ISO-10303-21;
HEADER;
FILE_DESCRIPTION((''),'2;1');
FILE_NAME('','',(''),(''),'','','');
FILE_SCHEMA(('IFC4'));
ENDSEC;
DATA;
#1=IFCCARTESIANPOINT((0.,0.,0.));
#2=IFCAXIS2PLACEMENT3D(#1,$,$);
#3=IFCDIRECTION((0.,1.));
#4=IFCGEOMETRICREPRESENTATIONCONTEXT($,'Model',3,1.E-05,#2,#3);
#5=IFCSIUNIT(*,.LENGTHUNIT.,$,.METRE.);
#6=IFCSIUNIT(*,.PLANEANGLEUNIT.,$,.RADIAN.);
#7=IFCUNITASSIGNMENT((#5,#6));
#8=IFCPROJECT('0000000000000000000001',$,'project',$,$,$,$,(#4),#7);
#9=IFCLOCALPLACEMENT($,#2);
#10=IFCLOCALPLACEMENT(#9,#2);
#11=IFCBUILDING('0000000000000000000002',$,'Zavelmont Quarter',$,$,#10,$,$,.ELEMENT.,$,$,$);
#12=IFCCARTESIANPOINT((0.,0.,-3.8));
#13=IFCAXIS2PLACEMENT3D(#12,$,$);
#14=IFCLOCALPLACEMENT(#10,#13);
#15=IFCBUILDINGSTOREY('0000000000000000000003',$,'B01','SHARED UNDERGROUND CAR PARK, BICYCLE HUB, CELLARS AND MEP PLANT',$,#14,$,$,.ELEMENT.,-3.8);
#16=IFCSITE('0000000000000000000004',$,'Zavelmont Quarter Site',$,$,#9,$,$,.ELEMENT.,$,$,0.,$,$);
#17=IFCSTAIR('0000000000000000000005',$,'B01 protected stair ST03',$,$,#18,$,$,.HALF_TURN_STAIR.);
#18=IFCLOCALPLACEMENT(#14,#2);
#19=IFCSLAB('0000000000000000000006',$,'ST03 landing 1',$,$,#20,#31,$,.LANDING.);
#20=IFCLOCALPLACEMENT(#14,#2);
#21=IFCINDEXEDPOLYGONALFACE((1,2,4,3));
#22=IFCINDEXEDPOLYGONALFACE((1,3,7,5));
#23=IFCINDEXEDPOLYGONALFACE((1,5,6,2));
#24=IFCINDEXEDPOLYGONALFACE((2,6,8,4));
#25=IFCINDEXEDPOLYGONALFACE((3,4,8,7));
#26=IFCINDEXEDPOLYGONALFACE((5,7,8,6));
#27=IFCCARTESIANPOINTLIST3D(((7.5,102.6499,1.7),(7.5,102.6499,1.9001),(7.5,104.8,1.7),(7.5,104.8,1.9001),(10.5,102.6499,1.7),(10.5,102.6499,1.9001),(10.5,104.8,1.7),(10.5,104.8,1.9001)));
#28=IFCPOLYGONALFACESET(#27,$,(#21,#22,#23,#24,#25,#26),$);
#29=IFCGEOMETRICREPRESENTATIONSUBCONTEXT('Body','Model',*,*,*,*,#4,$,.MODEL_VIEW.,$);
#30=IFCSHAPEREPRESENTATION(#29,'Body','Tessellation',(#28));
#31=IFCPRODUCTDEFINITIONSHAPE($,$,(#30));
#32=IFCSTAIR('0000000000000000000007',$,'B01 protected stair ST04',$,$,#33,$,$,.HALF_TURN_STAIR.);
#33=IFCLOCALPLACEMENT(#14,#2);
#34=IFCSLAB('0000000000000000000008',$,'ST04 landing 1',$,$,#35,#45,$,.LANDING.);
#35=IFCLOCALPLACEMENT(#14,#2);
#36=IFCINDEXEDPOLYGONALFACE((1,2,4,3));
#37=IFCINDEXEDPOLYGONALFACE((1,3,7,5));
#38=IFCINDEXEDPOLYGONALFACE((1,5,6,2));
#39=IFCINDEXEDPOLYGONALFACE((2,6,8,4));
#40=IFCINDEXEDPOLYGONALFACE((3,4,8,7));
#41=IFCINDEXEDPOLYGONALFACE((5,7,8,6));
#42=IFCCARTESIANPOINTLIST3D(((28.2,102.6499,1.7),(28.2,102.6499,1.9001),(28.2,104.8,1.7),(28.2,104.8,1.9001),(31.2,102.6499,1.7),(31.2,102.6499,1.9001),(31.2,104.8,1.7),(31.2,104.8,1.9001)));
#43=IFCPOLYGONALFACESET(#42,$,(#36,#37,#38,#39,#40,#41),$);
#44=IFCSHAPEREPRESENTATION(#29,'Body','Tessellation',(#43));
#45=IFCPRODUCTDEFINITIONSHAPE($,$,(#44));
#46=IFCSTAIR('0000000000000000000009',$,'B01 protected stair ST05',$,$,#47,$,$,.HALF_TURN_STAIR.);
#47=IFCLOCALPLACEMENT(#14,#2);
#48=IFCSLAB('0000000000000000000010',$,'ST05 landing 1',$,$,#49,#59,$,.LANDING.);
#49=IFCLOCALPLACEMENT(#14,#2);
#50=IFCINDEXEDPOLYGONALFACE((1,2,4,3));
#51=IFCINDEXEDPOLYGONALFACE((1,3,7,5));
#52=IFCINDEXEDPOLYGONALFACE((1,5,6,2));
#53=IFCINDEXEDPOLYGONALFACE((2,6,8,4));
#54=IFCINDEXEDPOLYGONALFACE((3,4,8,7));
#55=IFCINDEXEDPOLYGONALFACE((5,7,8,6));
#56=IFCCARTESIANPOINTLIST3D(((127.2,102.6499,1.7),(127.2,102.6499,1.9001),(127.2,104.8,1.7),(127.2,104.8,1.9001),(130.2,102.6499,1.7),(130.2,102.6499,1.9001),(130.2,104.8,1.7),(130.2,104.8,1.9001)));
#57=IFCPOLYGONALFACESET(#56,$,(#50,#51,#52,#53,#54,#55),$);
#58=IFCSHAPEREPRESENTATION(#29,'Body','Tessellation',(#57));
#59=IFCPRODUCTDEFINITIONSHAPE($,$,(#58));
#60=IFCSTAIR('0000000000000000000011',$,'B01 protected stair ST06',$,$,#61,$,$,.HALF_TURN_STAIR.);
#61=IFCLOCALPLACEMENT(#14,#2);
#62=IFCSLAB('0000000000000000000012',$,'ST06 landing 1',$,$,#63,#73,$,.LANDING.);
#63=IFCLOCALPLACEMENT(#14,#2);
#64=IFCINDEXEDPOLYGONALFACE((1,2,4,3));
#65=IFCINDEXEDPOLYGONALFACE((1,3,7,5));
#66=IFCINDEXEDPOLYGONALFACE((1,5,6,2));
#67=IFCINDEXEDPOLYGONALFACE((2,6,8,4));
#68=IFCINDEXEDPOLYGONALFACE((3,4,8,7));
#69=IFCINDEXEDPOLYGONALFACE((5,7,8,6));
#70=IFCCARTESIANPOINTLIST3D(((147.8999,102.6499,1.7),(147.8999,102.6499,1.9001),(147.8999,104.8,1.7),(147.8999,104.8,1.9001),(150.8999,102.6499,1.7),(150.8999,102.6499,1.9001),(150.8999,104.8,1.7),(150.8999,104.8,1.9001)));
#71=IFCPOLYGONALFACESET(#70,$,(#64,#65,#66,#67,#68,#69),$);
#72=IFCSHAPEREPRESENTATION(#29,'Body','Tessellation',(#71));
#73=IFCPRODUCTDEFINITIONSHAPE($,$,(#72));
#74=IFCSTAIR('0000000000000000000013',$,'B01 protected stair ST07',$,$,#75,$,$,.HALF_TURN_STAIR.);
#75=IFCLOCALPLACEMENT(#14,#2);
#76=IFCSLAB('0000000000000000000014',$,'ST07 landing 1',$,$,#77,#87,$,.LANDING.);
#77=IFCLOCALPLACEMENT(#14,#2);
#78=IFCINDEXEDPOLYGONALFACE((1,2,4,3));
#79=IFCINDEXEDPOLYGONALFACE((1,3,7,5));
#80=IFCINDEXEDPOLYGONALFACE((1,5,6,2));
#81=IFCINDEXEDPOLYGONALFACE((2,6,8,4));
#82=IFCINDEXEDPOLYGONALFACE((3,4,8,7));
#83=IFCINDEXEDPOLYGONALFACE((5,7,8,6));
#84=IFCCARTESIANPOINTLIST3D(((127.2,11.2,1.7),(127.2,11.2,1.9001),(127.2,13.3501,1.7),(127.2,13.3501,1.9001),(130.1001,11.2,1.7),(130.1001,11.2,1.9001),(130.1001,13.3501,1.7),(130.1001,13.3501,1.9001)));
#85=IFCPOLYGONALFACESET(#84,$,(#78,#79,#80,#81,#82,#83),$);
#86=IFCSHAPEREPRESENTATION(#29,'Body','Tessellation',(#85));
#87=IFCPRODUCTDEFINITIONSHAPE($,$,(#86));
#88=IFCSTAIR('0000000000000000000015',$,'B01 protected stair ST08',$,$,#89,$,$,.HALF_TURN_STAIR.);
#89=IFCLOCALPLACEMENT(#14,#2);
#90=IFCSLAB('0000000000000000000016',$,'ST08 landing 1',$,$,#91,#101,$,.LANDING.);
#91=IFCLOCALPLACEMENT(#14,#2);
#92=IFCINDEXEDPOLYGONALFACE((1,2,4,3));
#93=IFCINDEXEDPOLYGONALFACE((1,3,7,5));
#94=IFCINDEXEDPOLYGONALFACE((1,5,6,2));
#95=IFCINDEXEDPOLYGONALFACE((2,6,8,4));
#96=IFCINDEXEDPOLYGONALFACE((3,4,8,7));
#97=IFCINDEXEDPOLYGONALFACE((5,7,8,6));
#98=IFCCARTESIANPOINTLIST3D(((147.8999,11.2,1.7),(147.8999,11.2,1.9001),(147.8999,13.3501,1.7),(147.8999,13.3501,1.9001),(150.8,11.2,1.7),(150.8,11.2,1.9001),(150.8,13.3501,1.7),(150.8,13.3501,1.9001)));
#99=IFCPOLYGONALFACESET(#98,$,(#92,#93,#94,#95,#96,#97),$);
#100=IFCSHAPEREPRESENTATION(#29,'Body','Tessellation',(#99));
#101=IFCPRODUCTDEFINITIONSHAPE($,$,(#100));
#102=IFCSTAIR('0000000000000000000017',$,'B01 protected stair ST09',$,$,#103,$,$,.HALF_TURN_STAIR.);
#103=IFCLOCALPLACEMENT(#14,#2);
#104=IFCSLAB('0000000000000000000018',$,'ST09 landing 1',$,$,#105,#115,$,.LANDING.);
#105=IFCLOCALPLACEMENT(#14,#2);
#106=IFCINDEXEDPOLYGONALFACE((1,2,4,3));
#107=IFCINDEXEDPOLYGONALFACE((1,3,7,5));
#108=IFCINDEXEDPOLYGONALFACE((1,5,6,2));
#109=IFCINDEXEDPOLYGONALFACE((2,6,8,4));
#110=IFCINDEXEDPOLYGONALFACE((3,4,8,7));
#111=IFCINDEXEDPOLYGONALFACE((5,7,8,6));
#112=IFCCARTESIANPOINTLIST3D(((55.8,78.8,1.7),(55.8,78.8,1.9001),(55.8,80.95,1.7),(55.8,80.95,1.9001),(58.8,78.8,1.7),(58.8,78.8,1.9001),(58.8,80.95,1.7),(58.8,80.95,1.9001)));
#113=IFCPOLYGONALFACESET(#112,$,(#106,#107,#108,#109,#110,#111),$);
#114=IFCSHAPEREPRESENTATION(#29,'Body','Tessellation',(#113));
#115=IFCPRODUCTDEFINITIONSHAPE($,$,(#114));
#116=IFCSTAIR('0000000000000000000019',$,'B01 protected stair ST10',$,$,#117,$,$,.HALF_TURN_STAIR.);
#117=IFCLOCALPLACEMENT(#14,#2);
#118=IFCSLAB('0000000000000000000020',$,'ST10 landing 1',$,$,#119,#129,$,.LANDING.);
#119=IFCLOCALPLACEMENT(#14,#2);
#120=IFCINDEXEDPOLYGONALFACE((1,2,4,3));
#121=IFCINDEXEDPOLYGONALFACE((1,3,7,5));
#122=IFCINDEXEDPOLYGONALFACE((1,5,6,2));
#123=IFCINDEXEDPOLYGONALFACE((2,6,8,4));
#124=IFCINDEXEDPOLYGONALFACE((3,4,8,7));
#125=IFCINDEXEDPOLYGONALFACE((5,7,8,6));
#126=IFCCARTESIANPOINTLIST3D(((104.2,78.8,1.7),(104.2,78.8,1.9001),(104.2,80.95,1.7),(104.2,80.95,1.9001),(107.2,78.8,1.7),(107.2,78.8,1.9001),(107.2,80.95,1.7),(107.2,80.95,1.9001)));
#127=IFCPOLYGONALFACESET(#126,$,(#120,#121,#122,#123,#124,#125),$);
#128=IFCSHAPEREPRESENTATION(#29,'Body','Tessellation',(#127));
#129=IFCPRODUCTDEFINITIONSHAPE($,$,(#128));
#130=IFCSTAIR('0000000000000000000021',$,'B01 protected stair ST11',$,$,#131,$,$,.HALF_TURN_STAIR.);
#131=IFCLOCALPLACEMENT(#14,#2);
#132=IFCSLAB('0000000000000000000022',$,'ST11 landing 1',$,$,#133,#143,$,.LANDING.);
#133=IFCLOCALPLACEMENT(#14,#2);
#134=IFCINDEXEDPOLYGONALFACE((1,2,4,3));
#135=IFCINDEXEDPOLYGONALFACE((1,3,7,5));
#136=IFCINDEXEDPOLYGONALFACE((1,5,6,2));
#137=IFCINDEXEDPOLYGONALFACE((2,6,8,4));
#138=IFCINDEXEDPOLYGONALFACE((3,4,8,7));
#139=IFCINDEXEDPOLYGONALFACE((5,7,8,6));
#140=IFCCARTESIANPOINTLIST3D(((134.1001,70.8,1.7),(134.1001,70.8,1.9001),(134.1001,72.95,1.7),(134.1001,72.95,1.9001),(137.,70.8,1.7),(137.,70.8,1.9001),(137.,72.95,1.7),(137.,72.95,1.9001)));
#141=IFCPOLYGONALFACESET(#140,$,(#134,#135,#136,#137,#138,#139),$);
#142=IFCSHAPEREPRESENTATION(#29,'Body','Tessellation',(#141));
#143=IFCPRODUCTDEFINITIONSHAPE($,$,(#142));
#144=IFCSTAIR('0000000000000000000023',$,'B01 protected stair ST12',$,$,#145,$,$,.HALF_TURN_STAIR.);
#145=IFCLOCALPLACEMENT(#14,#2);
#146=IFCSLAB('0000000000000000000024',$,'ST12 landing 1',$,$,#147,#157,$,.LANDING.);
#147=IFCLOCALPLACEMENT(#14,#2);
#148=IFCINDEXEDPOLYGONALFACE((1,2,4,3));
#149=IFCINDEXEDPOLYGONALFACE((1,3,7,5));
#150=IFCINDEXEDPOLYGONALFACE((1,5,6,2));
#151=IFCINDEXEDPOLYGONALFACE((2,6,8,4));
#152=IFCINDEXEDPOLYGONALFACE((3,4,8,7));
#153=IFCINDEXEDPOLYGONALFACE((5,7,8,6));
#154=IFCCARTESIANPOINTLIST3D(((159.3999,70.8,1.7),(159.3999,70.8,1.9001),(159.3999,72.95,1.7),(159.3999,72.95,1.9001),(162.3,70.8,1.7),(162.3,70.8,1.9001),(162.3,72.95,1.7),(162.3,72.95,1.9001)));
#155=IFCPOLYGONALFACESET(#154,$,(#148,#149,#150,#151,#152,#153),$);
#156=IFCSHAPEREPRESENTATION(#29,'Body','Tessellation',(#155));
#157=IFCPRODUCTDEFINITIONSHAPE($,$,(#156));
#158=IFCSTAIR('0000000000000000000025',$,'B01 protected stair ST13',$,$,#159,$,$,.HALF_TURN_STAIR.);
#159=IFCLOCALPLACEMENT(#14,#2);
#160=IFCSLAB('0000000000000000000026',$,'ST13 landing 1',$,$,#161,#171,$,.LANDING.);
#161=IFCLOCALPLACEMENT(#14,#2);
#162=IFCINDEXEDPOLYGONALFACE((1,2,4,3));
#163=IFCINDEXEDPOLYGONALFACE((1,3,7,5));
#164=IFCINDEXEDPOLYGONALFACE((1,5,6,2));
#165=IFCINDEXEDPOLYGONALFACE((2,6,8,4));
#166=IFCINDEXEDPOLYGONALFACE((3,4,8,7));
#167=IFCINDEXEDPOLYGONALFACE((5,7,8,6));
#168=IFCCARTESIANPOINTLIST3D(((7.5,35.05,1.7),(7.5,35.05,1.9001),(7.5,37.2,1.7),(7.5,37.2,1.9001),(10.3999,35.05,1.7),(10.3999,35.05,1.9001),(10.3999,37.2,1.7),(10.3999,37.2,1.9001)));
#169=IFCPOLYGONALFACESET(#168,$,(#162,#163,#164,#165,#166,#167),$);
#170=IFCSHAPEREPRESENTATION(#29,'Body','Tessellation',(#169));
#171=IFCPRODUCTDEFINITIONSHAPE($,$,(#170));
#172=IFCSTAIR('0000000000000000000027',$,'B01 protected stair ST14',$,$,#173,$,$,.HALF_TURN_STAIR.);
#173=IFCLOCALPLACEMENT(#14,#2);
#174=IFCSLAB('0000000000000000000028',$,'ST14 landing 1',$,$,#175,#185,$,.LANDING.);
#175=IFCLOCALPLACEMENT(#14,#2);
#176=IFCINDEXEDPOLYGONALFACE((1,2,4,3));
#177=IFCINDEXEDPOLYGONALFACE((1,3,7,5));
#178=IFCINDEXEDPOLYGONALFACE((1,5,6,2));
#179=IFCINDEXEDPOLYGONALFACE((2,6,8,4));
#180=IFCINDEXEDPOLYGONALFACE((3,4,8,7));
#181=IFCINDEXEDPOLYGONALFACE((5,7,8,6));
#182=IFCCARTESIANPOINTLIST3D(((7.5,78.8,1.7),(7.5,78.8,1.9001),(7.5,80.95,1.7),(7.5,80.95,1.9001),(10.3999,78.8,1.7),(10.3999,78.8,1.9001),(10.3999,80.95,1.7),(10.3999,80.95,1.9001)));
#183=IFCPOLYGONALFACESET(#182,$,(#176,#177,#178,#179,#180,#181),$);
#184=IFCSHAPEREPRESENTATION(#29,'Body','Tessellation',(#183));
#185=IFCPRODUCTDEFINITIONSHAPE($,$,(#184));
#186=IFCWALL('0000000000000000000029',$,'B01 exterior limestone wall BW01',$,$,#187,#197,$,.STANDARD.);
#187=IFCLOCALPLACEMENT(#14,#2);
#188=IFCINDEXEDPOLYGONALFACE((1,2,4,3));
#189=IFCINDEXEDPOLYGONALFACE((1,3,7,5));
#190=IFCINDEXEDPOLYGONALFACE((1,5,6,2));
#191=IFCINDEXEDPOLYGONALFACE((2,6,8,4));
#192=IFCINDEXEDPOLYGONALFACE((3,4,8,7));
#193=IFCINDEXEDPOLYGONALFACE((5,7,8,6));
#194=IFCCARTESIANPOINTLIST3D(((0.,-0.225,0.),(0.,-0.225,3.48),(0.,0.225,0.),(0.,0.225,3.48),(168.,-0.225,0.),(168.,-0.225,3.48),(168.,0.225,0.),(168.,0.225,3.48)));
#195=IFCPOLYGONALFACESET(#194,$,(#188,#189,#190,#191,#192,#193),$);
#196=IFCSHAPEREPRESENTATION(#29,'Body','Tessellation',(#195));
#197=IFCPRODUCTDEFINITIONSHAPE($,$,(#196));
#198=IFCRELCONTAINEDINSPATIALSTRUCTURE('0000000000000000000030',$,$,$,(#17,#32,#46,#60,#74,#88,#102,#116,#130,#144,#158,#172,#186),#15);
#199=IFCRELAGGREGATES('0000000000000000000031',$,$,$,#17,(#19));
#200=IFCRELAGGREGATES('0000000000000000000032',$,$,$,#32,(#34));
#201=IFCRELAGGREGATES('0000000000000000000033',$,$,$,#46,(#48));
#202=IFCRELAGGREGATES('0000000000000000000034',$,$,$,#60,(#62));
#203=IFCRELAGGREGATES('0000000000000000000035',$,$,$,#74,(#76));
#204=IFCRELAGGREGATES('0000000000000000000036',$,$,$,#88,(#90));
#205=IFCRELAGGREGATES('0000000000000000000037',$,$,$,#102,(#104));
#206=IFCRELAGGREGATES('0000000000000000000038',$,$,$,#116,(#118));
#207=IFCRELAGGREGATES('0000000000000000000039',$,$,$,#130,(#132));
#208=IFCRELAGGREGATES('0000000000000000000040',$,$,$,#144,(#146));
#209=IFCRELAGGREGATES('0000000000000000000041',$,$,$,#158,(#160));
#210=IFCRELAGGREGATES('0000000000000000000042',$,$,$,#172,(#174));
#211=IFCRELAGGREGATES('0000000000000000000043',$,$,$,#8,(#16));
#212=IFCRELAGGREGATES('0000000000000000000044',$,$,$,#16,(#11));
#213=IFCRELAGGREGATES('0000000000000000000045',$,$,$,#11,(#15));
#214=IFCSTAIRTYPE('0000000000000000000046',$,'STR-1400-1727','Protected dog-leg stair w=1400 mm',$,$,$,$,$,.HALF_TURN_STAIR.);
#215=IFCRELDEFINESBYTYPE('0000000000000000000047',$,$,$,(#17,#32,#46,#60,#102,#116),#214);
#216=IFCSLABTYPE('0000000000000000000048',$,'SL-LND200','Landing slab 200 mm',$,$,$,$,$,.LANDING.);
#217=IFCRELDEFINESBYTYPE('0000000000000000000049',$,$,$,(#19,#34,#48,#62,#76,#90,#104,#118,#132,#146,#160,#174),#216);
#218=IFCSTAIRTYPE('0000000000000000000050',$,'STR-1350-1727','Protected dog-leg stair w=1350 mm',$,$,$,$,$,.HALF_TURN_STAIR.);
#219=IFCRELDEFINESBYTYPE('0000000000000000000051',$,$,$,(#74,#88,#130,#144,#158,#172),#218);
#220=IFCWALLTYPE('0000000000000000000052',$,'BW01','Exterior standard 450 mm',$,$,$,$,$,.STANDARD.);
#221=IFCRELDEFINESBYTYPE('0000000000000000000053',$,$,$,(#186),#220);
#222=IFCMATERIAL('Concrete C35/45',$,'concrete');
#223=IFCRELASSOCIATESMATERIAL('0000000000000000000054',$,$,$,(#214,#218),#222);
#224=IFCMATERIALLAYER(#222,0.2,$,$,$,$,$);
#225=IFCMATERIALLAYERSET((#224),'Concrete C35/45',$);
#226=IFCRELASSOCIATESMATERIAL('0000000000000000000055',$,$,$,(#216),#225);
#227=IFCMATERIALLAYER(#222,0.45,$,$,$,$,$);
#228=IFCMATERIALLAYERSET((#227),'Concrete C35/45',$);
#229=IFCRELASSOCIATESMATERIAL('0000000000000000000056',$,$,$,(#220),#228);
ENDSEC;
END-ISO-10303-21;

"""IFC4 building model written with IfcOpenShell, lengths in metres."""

from ifc_helpers import new_model, si_unit, direction, frame, frame_2d, origin, origin_with_axes, place, context, subcontext, project, spatial, polyline, rectangle, outline, extrude, material, layer, layer_set, type_object, element, aggregate, save


model = new_model("IFC4")

# Units and contexts
model_context = context("Model", 3, precision=1e-05, world=origin(), true_north=direction((0.0, 1.0)))
body_context = subcontext(model_context, "Body", "Model", "MODEL_VIEW")
ifc_project = project(units=[si_unit("LENGTHUNIT", "METRE"), si_unit("PLANEANGLEUNIT", "RADIAN")], contexts=[model_context])

# Site, building, storey
site_placement = place(None, origin())
site = spatial("IfcSite", under=ifc_project, at=site_placement, Name="Zavelmont Quarter Site", CompositionType="ELEMENT", RefElevation=0.0)
building_placement = place(site_placement, origin())
building = spatial("IfcBuilding", under=site, at=building_placement, Name="Zavelmont Quarter", CompositionType="ELEMENT")
storey_placement = place(building_placement, frame((0.0, 0.0, -3.8)))
storey = spatial("IfcBuildingStorey", under=building, at=storey_placement, Name="B01", Description="SHARED UNDERGROUND CAR PARK, BICYCLE HUB, CELLARS AND MEP PLANT", CompositionType="ELEMENT", Elevation=-3.8)

# Shared definitions
ifc_material_1 = material(Name="Concrete C35/45", Category="concrete")

# Stairs, slabs
stair_type_1 = type_object("IfcStairType", Name="STR-1400-1727", Description="Protected dog-leg stair w=1400 mm", PredefinedType="HALF_TURN_STAIR", material=ifc_material_1)
ifc_layer_1 = layer(ifc_material_1, 0.2)
ifc_layer_set_1 = layer_set([ifc_layer_1], Name="Concrete C35/45")
slab_type_1 = type_object("IfcSlabType", Name="SL-LND200", Description="Landing slab 200 mm", PredefinedType="LANDING", material=ifc_layer_set_1)
stair_1_placement = place(storey_placement, origin())
stair_1 = element("IfcStair", 1, at=stair_1_placement, inside=storey, type_object=stair_type_1, Name="B01 protected stair ST03", PredefinedType="HALF_TURN_STAIR")
slab_1_placement = place(storey_placement, frame((0.0, 0.0, 1.7)))
slab_1 = element("IfcSlab", 2, at=slab_1_placement, type_object=slab_type_1, Name="ST03 landing 1", PredefinedType="LANDING", context=body_context, shape_type="SweptSolid", body=[
    extrude(outline(polyline([(10.5, 102.6499), (10.5, 104.8), (7.5, 104.8), (7.5, 102.6499), (10.5, 102.6499)])), origin(), (0.0, 0.0, 1.0), 0.2002),
])
aggregate(stair_1, [slab_1])
stair_2_placement = place(storey_placement, origin())
stair_2 = element("IfcStair", 3, at=stair_2_placement, inside=storey, type_object=stair_type_1, Name="B01 protected stair ST04", PredefinedType="HALF_TURN_STAIR")
slab_2_placement = place(storey_placement, frame((0.0, 0.0, 1.7)))
slab_2 = element("IfcSlab", 4, at=slab_2_placement, type_object=slab_type_1, Name="ST04 landing 1", PredefinedType="LANDING", context=body_context, shape_type="SweptSolid", body=[
    extrude(outline(polyline([(31.2, 102.6499), (31.2, 104.8), (28.2, 104.8), (28.2, 102.6499), (31.2, 102.6499)])), origin(), (0.0, 0.0, 1.0), 0.2002),
])
aggregate(stair_2, [slab_2])
stair_3_placement = place(storey_placement, origin())
stair_3 = element("IfcStair", 5, at=stair_3_placement, inside=storey, type_object=stair_type_1, Name="B01 protected stair ST05", PredefinedType="HALF_TURN_STAIR")
slab_3_placement = place(storey_placement, frame((0.0, 0.0, 1.7)))
slab_3 = element("IfcSlab", 6, at=slab_3_placement, type_object=slab_type_1, Name="ST05 landing 1", PredefinedType="LANDING", context=body_context, shape_type="SweptSolid", body=[
    extrude(outline(polyline([(130.2, 102.6499), (130.2, 104.8), (127.2, 104.8), (127.2, 102.6499), (130.2, 102.6499)])), origin(), (0.0, 0.0, 1.0), 0.2002),
])
aggregate(stair_3, [slab_3])
stair_4_placement = place(storey_placement, origin())
stair_4 = element("IfcStair", 7, at=stair_4_placement, inside=storey, type_object=stair_type_1, Name="B01 protected stair ST06", PredefinedType="HALF_TURN_STAIR")
slab_4_placement = place(storey_placement, frame((0.0, 0.0, 1.7)))
slab_4 = element("IfcSlab", 8, at=slab_4_placement, type_object=slab_type_1, Name="ST06 landing 1", PredefinedType="LANDING", context=body_context, shape_type="SweptSolid", body=[
    extrude(outline(polyline([(150.8999, 102.6499), (150.8999, 104.8), (147.8999, 104.8), (147.8999, 102.6499), (150.8999, 102.6499)])), origin(), (0.0, 0.0, 1.0), 0.2002),
])
aggregate(stair_4, [slab_4])
stair_type_2 = type_object("IfcStairType", Name="STR-1350-1727", Description="Protected dog-leg stair w=1350 mm", PredefinedType="HALF_TURN_STAIR", material=ifc_material_1)
stair_5_placement = place(storey_placement, origin())
stair_5 = element("IfcStair", 9, at=stair_5_placement, inside=storey, type_object=stair_type_2, Name="B01 protected stair ST07", PredefinedType="HALF_TURN_STAIR")
slab_5_placement = place(storey_placement, frame((0.0, 0.0, 1.7)))
slab_5 = element("IfcSlab", 10, at=slab_5_placement, type_object=slab_type_1, Name="ST07 landing 1", PredefinedType="LANDING", context=body_context, shape_type="SweptSolid", body=[
    extrude(outline(polyline([(127.2, 13.3501), (127.2, 11.2), (130.1001, 11.2), (130.1001, 13.3501), (127.2, 13.3501)])), origin(), (0.0, 0.0, 1.0), 0.2002),
])
aggregate(stair_5, [slab_5])
stair_6_placement = place(storey_placement, origin())
stair_6 = element("IfcStair", 11, at=stair_6_placement, inside=storey, type_object=stair_type_2, Name="B01 protected stair ST08", PredefinedType="HALF_TURN_STAIR")
slab_6_placement = place(storey_placement, frame((0.0, 0.0, 1.7)))
slab_6 = element("IfcSlab", 12, at=slab_6_placement, type_object=slab_type_1, Name="ST08 landing 1", PredefinedType="LANDING", context=body_context, shape_type="SweptSolid", body=[
    extrude(outline(polyline([(147.8999, 13.3501), (147.8999, 11.2), (150.8, 11.2), (150.8, 13.3501), (147.8999, 13.3501)])), origin(), (0.0, 0.0, 1.0), 0.2002),
])
aggregate(stair_6, [slab_6])
stair_7_placement = place(storey_placement, origin())
stair_7 = element("IfcStair", 13, at=stair_7_placement, inside=storey, type_object=stair_type_1, Name="B01 protected stair ST09", PredefinedType="HALF_TURN_STAIR")
slab_7_placement = place(storey_placement, frame((0.0, 0.0, 1.7)))
slab_7 = element("IfcSlab", 14, at=slab_7_placement, type_object=slab_type_1, Name="ST09 landing 1", PredefinedType="LANDING", context=body_context, shape_type="SweptSolid", body=[
    extrude(outline(polyline([(55.8, 80.95), (55.8, 78.8), (58.8, 78.8), (58.8, 80.95), (55.8, 80.95)])), origin(), (0.0, 0.0, 1.0), 0.2002),
])
aggregate(stair_7, [slab_7])
stair_8_placement = place(storey_placement, origin())
stair_8 = element("IfcStair", 15, at=stair_8_placement, inside=storey, type_object=stair_type_1, Name="B01 protected stair ST10", PredefinedType="HALF_TURN_STAIR")
slab_8_placement = place(storey_placement, frame((0.0, 0.0, 1.7)))
slab_8 = element("IfcSlab", 16, at=slab_8_placement, type_object=slab_type_1, Name="ST10 landing 1", PredefinedType="LANDING", context=body_context, shape_type="SweptSolid", body=[
    extrude(outline(polyline([(104.2, 80.95), (104.2, 78.8), (107.2, 78.8), (107.2, 80.95), (104.2, 80.95)])), origin(), (0.0, 0.0, 1.0), 0.2002),
])
aggregate(stair_8, [slab_8])
stair_9_placement = place(storey_placement, origin())
stair_9 = element("IfcStair", 17, at=stair_9_placement, inside=storey, type_object=stair_type_2, Name="B01 protected stair ST11", PredefinedType="HALF_TURN_STAIR")
slab_9_placement = place(storey_placement, frame((0.0, 0.0, 1.7)))
slab_9 = element("IfcSlab", 18, at=slab_9_placement, type_object=slab_type_1, Name="ST11 landing 1", PredefinedType="LANDING", context=body_context, shape_type="SweptSolid", body=[
    extrude(outline(polyline([(134.1001, 72.95), (134.1001, 70.8), (137.0, 70.8), (137.0, 72.95), (134.1001, 72.95)])), origin(), (0.0, 0.0, 1.0), 0.2002),
])
aggregate(stair_9, [slab_9])
stair_10_placement = place(storey_placement, origin())
stair_10 = element("IfcStair", 19, at=stair_10_placement, inside=storey, type_object=stair_type_2, Name="B01 protected stair ST12", PredefinedType="HALF_TURN_STAIR")
slab_10_placement = place(storey_placement, frame((0.0, 0.0, 1.7)))
slab_10 = element("IfcSlab", 20, at=slab_10_placement, type_object=slab_type_1, Name="ST12 landing 1", PredefinedType="LANDING", context=body_context, shape_type="SweptSolid", body=[
    extrude(outline(polyline([(159.3999, 72.95), (159.3999, 70.8), (162.3, 70.8), (162.3, 72.95), (159.3999, 72.95)])), origin(), (0.0, 0.0, 1.0), 0.2002),
])
aggregate(stair_10, [slab_10])
stair_11_placement = place(storey_placement, origin())
stair_11 = element("IfcStair", 21, at=stair_11_placement, inside=storey, type_object=stair_type_2, Name="B01 protected stair ST13", PredefinedType="HALF_TURN_STAIR")
slab_11_placement = place(storey_placement, frame((0.0, 0.0, 1.7)))
slab_11 = element("IfcSlab", 22, at=slab_11_placement, type_object=slab_type_1, Name="ST13 landing 1", PredefinedType="LANDING", context=body_context, shape_type="SweptSolid", body=[
    extrude(outline(polyline([(10.3999, 35.05), (10.3999, 37.2), (7.5, 37.2), (7.5, 35.05), (10.3999, 35.05)])), origin(), (0.0, 0.0, 1.0), 0.2002),
])
aggregate(stair_11, [slab_11])
stair_12_placement = place(storey_placement, origin())
stair_12 = element("IfcStair", 23, at=stair_12_placement, inside=storey, type_object=stair_type_2, Name="B01 protected stair ST14", PredefinedType="HALF_TURN_STAIR")
slab_12_placement = place(storey_placement, frame((0.0, 0.0, 1.7)))
slab_12 = element("IfcSlab", 24, at=slab_12_placement, type_object=slab_type_1, Name="ST14 landing 1", PredefinedType="LANDING", context=body_context, shape_type="SweptSolid", body=[
    extrude(outline(polyline([(7.5, 80.95), (7.5, 78.8), (10.3999, 78.8), (10.3999, 80.95), (7.5, 80.95)])), origin(), (0.0, 0.0, 1.0), 0.2002),
])
aggregate(stair_12, [slab_12])

# Wall
ifc_layer_2 = layer(ifc_material_1, 0.45)
ifc_layer_set_2 = layer_set([ifc_layer_2], Name="Concrete C35/45")
wall_type_1 = type_object("IfcWallType", Name="BW01", Description="Exterior standard 450 mm", PredefinedType="STANDARD", material=ifc_layer_set_2)
wall_1_placement = place(storey_placement, origin_with_axes())
element("IfcWall", 25, at=wall_1_placement, inside=storey, type_object=wall_type_1, Name="B01 exterior limestone wall BW01", PredefinedType="STANDARD", context=body_context, shape_type="SweptSolid", body=[
    extrude(rectangle(XDim=168.0, YDim=0.45, at=frame_2d((84.0, 0.0))), origin(), (0.0, 0.0, 1.0), 3.48),
])

save(model, "model.ifc")
